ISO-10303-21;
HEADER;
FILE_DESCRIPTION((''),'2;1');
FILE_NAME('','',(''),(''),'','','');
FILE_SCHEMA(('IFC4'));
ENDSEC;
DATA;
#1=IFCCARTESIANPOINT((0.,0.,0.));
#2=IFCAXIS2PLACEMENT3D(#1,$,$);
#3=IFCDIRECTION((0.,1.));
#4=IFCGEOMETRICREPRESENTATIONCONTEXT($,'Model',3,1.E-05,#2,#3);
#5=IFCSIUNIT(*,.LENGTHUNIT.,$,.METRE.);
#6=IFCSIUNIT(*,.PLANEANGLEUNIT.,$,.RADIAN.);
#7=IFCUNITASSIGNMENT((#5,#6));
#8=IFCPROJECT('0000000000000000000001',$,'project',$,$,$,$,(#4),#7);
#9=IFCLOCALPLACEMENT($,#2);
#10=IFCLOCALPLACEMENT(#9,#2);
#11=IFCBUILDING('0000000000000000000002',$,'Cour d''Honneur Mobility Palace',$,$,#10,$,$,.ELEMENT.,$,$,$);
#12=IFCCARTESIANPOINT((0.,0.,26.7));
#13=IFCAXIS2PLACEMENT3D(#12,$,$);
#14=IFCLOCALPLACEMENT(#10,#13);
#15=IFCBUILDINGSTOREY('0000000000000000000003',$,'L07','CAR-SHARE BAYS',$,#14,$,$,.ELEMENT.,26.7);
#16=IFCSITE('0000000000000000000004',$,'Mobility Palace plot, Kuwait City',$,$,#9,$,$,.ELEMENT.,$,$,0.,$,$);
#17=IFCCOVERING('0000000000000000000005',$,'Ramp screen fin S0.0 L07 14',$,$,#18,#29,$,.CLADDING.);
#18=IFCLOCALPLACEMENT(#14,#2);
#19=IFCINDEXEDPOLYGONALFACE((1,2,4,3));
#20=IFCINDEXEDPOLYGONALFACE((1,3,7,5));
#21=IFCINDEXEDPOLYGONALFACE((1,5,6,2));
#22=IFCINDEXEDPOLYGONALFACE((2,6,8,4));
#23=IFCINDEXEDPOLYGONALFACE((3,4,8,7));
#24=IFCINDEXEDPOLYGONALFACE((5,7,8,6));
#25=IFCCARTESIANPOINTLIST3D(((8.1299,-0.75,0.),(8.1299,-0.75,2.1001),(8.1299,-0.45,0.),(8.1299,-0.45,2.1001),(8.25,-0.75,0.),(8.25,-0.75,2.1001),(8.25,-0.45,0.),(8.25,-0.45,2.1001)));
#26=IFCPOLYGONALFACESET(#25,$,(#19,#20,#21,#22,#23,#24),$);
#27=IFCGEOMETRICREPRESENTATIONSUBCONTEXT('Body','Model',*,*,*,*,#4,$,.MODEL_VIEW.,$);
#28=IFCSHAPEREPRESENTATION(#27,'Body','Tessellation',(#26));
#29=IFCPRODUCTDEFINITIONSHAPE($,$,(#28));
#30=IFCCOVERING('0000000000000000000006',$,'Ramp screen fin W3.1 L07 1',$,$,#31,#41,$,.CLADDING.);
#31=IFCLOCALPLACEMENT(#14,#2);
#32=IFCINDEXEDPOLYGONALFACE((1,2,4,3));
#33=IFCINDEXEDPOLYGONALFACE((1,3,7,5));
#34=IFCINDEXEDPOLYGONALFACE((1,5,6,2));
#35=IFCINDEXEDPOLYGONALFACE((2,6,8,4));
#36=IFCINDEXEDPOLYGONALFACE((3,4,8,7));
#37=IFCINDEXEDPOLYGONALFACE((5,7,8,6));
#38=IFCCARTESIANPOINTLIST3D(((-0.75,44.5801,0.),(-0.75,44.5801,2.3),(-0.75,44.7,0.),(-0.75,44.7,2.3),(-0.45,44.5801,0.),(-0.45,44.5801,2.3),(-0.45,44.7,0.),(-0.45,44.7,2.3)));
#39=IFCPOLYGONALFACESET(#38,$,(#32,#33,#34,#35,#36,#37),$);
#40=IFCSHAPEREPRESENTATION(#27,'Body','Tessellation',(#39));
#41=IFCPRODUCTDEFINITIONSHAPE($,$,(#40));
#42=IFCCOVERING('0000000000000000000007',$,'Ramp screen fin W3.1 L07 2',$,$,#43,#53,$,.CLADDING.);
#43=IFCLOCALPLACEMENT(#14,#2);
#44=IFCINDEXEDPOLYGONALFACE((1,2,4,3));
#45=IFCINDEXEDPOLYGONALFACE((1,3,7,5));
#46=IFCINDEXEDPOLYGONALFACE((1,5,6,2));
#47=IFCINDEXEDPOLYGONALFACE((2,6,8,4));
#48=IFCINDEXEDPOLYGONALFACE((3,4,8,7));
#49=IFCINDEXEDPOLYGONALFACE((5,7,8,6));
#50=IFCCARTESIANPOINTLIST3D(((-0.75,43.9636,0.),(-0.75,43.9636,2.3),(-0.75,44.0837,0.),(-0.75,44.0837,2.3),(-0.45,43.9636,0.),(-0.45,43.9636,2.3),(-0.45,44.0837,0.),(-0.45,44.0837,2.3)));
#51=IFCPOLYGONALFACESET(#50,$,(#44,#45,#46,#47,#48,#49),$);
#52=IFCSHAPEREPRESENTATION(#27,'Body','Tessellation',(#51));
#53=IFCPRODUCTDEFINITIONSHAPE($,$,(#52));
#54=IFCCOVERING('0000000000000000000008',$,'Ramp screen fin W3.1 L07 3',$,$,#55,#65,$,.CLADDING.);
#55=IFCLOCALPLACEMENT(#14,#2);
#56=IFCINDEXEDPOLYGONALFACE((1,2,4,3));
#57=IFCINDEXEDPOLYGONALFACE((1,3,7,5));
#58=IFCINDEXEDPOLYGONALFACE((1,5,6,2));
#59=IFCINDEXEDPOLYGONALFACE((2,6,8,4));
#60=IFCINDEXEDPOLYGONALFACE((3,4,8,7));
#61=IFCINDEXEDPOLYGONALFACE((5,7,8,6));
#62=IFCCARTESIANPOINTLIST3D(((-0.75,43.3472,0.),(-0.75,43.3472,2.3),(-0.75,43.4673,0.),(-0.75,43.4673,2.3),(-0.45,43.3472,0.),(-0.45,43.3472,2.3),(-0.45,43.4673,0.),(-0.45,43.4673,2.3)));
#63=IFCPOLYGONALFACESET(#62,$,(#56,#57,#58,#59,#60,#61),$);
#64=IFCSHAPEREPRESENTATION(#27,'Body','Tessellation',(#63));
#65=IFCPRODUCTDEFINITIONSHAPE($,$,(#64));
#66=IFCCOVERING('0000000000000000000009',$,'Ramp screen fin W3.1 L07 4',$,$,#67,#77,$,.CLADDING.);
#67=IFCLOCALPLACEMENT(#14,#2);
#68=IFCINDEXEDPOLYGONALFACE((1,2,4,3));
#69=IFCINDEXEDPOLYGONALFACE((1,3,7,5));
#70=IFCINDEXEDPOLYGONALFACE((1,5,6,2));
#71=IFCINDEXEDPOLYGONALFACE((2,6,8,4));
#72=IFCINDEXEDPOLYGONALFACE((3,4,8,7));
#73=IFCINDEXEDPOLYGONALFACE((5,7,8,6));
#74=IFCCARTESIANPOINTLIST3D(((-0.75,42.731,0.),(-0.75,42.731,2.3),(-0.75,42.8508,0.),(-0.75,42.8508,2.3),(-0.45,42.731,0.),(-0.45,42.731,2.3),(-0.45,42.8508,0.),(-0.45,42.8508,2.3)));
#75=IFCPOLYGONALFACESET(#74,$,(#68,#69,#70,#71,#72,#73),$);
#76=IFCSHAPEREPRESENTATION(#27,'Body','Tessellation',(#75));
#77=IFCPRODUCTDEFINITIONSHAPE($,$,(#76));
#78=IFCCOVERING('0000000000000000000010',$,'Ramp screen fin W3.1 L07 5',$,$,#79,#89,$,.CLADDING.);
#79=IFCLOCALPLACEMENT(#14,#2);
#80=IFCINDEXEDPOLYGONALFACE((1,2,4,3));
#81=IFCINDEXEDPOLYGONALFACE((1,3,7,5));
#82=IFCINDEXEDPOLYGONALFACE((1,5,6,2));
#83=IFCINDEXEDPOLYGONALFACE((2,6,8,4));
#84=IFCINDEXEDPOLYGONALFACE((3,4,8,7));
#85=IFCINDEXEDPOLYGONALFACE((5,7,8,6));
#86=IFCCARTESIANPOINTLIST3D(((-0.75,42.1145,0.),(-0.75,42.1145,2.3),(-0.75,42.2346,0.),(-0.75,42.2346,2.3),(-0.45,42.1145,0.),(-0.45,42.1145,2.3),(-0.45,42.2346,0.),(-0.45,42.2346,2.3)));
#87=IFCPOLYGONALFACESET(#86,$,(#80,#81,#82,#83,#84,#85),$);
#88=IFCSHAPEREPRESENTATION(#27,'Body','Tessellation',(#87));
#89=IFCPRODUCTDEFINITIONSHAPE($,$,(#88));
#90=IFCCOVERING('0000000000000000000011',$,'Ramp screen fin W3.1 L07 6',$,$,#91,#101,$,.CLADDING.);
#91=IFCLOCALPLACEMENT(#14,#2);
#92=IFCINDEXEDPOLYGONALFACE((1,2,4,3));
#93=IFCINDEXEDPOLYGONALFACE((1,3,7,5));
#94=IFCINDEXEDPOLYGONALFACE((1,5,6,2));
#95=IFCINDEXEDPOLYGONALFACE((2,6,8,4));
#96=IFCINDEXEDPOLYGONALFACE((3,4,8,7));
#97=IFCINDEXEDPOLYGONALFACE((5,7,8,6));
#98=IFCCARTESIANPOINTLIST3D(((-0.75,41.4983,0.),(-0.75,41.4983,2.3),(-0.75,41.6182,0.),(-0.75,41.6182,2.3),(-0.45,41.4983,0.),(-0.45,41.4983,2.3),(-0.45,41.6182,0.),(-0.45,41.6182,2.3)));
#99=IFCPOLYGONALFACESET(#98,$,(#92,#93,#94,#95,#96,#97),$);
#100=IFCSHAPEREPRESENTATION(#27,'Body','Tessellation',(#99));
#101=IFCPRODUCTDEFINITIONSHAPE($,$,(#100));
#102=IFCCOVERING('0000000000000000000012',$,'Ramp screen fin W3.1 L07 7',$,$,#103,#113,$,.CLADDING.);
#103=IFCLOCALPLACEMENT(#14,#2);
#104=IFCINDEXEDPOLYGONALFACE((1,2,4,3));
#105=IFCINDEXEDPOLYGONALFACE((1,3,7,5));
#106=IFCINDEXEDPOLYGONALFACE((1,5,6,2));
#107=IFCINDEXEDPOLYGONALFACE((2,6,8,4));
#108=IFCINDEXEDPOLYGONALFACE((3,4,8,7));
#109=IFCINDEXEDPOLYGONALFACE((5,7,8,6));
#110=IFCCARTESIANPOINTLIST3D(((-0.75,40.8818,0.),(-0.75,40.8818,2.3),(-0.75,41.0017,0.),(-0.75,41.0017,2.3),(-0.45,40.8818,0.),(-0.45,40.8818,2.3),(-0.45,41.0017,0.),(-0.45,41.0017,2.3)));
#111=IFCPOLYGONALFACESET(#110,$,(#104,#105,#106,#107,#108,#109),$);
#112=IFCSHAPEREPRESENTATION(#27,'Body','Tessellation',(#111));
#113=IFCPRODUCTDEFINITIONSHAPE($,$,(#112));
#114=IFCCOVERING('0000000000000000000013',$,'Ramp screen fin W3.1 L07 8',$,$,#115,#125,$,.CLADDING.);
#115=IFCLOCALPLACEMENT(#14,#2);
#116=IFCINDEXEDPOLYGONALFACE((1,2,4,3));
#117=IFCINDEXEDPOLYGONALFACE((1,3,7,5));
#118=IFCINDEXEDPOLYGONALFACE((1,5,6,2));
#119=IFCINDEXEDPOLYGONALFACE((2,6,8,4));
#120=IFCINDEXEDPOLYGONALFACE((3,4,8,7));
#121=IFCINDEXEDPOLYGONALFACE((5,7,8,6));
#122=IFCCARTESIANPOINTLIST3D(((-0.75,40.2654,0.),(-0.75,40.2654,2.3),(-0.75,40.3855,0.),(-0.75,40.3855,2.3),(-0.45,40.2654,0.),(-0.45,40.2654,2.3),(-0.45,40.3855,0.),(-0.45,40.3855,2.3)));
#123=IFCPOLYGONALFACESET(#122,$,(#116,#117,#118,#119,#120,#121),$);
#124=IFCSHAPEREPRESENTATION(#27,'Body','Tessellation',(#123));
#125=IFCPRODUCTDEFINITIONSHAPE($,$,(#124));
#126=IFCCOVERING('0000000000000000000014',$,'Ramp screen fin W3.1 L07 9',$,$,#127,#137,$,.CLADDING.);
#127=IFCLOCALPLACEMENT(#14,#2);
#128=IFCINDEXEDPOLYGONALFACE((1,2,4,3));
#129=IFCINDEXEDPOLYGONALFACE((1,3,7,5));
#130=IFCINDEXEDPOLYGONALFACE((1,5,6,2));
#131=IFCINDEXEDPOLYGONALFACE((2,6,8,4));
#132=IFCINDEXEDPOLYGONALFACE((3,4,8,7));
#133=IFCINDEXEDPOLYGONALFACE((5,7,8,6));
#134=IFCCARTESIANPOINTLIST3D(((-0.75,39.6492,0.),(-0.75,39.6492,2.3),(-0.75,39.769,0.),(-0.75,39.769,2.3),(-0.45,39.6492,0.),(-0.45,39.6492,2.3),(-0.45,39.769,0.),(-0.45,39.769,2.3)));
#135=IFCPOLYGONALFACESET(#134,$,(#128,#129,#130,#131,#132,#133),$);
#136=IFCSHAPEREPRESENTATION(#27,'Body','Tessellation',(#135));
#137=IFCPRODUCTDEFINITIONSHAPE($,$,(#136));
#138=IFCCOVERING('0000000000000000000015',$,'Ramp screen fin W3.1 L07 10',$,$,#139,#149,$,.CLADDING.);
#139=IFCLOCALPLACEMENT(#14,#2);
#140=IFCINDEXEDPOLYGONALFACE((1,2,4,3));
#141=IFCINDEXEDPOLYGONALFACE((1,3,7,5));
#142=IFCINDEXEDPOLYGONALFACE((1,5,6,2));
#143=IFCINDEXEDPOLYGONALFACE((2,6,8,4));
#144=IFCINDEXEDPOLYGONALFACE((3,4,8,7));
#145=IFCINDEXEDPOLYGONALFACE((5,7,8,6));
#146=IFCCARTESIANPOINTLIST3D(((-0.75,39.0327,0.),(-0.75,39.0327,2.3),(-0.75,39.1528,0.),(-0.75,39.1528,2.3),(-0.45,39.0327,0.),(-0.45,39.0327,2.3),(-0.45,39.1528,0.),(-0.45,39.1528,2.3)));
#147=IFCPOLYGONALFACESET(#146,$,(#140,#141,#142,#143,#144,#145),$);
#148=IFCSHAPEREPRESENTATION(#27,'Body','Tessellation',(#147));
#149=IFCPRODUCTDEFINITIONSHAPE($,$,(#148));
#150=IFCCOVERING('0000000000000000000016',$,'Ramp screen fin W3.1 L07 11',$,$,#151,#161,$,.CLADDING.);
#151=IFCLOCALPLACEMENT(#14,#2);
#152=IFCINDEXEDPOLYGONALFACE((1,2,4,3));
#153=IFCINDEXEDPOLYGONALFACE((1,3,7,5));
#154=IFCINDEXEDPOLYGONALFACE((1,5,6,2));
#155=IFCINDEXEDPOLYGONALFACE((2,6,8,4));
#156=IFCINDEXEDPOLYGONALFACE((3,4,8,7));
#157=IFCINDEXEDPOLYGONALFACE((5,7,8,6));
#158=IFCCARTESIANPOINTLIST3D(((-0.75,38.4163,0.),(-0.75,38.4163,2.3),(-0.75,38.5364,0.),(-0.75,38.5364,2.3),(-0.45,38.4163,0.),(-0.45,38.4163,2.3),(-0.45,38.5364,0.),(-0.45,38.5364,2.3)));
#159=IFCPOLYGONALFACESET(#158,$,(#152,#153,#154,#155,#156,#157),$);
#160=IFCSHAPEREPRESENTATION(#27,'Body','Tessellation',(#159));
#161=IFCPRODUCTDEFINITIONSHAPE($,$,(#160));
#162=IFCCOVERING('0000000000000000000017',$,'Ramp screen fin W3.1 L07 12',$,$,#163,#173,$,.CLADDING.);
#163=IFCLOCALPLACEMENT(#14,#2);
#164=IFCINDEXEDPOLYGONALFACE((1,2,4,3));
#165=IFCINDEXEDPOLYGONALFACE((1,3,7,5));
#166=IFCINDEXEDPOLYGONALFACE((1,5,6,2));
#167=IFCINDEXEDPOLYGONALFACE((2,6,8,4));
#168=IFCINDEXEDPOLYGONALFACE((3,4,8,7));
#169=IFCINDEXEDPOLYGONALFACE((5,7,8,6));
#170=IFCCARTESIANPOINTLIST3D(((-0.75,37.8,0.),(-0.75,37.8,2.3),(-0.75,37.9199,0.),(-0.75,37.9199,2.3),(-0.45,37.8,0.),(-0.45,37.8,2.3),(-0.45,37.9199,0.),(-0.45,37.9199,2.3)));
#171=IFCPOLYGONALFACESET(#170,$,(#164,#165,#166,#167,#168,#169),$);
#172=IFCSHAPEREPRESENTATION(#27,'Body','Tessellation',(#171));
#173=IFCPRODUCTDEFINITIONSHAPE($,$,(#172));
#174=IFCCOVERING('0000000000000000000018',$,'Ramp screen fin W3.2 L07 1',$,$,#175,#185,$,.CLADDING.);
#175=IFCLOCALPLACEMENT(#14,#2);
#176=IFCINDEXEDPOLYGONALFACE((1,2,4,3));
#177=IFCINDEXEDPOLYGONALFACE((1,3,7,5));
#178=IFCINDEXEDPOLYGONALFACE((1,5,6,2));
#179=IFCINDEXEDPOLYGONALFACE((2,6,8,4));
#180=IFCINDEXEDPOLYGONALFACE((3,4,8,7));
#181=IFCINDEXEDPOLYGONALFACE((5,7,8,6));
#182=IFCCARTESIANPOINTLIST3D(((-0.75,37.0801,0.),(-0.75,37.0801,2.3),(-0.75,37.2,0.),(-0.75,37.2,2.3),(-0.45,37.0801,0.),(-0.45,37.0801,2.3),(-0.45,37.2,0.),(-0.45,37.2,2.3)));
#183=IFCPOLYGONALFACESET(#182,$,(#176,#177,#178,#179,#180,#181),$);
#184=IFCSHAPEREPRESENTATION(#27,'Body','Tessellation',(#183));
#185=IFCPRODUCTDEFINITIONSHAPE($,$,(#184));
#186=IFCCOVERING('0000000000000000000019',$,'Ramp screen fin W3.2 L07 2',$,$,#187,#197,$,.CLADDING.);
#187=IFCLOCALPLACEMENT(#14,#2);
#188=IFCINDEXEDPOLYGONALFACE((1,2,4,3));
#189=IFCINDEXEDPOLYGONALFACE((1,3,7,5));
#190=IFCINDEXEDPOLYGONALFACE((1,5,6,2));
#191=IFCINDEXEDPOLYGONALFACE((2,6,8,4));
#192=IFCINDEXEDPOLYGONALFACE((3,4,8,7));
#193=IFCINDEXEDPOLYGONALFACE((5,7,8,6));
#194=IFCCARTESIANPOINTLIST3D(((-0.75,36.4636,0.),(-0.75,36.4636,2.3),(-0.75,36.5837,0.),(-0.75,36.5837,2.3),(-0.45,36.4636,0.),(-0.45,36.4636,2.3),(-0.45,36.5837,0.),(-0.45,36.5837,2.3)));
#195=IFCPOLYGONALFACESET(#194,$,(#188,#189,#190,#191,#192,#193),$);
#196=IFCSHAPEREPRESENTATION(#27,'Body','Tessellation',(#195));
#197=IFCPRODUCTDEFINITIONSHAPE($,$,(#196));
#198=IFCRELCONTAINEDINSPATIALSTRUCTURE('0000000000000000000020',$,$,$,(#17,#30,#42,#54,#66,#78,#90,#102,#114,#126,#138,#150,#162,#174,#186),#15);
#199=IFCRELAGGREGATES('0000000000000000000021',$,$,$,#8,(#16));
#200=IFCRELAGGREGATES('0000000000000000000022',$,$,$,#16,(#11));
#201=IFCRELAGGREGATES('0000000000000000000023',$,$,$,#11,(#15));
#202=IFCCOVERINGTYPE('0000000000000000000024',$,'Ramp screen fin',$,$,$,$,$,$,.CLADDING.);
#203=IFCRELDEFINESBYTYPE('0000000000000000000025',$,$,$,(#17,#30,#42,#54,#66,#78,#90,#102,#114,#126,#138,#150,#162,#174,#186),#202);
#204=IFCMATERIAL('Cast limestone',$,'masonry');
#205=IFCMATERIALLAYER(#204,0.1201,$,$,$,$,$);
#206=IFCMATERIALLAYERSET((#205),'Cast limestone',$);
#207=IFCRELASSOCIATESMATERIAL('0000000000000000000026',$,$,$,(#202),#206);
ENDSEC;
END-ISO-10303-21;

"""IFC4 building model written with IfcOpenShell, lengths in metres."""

from ifc_helpers import new_model, si_unit, direction, frame, origin, place, context, subcontext, project, spatial, polyline, outline, extrude, material, layer, layer_set, type_object, element, save


model = new_model("IFC4")

# Units and contexts
model_context = context("Model", 3, precision=1e-05, world=origin(), true_north=direction((0.0, 1.0)))
body_context = subcontext(model_context, "Body", "Model", "MODEL_VIEW")
ifc_project = project(units=[si_unit("LENGTHUNIT", "METRE"), si_unit("PLANEANGLEUNIT", "RADIAN")], contexts=[model_context])

# Site, building, storey
site_placement = place(None, origin())
site = spatial("IfcSite", under=ifc_project, at=site_placement, Name="Mobility Palace plot, Kuwait City", CompositionType="ELEMENT", RefElevation=0.0)
building_placement = place(site_placement, origin())
building = spatial("IfcBuilding", under=site, at=building_placement, Name="Cour d'Honneur Mobility Palace", CompositionType="ELEMENT")
storey_placement = place(building_placement, frame((0.0, 0.0, 26.7)))
storey = spatial("IfcBuildingStorey", under=building, at=storey_placement, Name="L07", Description="CAR-SHARE BAYS", CompositionType="ELEMENT", Elevation=26.7)

# Coverings
ifc_material = material(Name="Cast limestone", Category="masonry")
ifc_layer = layer(ifc_material, 0.1201)
ifc_layer_set = layer_set([ifc_layer], Name="Cast limestone")
covering_type = type_object("IfcCoveringType", Name="Ramp screen fin", PredefinedType="CLADDING", material=ifc_layer_set)
covering_1_placement = place(storey_placement, origin())
element("IfcCovering", 1, at=covering_1_placement, inside=storey, type_object=covering_type, Name="Ramp screen fin S0.0 L07 14", PredefinedType="CLADDING", context=body_context, shape_type="SweptSolid", body=[
    extrude(outline(polyline([(8.1299, -0.45), (8.25, -0.45), (8.25, -0.75), (8.1299, -0.75), (8.1299, -0.45)])), origin(), (0.0, 0.0, 1.0), 2.1001),
])
covering_2_placement = place(storey_placement, origin())
element("IfcCovering", 2, at=covering_2_placement, inside=storey, type_object=covering_type, Name="Ramp screen fin W3.1 L07 1", PredefinedType="CLADDING", context=body_context, shape_type="SweptSolid", body=[
    extrude(outline(polyline([(-0.45, 44.7), (-0.45, 44.5801), (-0.75, 44.5801), (-0.75, 44.7), (-0.45, 44.7)])), origin(), (0.0, 0.0, 1.0), 2.3),
])
covering_3_placement = place(storey_placement, origin())
element("IfcCovering", 3, at=covering_3_placement, inside=storey, type_object=covering_type, Name="Ramp screen fin W3.1 L07 2", PredefinedType="CLADDING", context=body_context, shape_type="SweptSolid", body=[
    extrude(outline(polyline([(-0.45, 44.0837), (-0.45, 43.9636), (-0.75, 43.9636), (-0.75, 44.0837), (-0.45, 44.0837)])), origin(), (0.0, 0.0, 1.0), 2.3),
])
covering_4_placement = place(storey_placement, origin())
element("IfcCovering", 4, at=covering_4_placement, inside=storey, type_object=covering_type, Name="Ramp screen fin W3.1 L07 3", PredefinedType="CLADDING", context=body_context, shape_type="SweptSolid", body=[
    extrude(outline(polyline([(-0.45, 43.4673), (-0.45, 43.3472), (-0.75, 43.3472), (-0.75, 43.4673), (-0.45, 43.4673)])), origin(), (0.0, 0.0, 1.0), 2.3),
])
covering_5_placement = place(storey_placement, origin())
element("IfcCovering", 5, at=covering_5_placement, inside=storey, type_object=covering_type, Name="Ramp screen fin W3.1 L07 4", PredefinedType="CLADDING", context=body_context, shape_type="SweptSolid", body=[
    extrude(outline(polyline([(-0.45, 42.8508), (-0.45, 42.731), (-0.75, 42.731), (-0.75, 42.8508), (-0.45, 42.8508)])), origin(), (0.0, 0.0, 1.0), 2.3),
])
covering_6_placement = place(storey_placement, origin())
element("IfcCovering", 6, at=covering_6_placement, inside=storey, type_object=covering_type, Name="Ramp screen fin W3.1 L07 5", PredefinedType="CLADDING", context=body_context, shape_type="SweptSolid", body=[
    extrude(outline(polyline([(-0.45, 42.2346), (-0.45, 42.1145), (-0.75, 42.1145), (-0.75, 42.2346), (-0.45, 42.2346)])), origin(), (0.0, 0.0, 1.0), 2.3),
])
covering_7_placement = place(storey_placement, origin())
element("IfcCovering", 7, at=covering_7_placement, inside=storey, type_object=covering_type, Name="Ramp screen fin W3.1 L07 6", PredefinedType="CLADDING", context=body_context, shape_type="SweptSolid", body=[
    extrude(outline(polyline([(-0.45, 41.6182), (-0.45, 41.4983), (-0.75, 41.4983), (-0.75, 41.6182), (-0.45, 41.6182)])), origin(), (0.0, 0.0, 1.0), 2.3),
])
covering_8_placement = place(storey_placement, origin())
element("IfcCovering", 8, at=covering_8_placement, inside=storey, type_object=covering_type, Name="Ramp screen fin W3.1 L07 7", PredefinedType="CLADDING", context=body_context, shape_type="SweptSolid", body=[
    extrude(outline(polyline([(-0.45, 41.0017), (-0.45, 40.8818), (-0.75, 40.8818), (-0.75, 41.0017), (-0.45, 41.0017)])), origin(), (0.0, 0.0, 1.0), 2.3),
])
covering_9_placement = place(storey_placement, origin())
element("IfcCovering", 9, at=covering_9_placement, inside=storey, type_object=covering_type, Name="Ramp screen fin W3.1 L07 8", PredefinedType="CLADDING", context=body_context, shape_type="SweptSolid", body=[
    extrude(outline(polyline([(-0.45, 40.3855), (-0.45, 40.2654), (-0.75, 40.2654), (-0.75, 40.3855), (-0.45, 40.3855)])), origin(), (0.0, 0.0, 1.0), 2.3),
])
covering_10_placement = place(storey_placement, origin())
element("IfcCovering", 10, at=covering_10_placement, inside=storey, type_object=covering_type, Name="Ramp screen fin W3.1 L07 9", PredefinedType="CLADDING", context=body_context, shape_type="SweptSolid", body=[
    extrude(outline(polyline([(-0.45, 39.769), (-0.45, 39.6492), (-0.75, 39.6492), (-0.75, 39.769), (-0.45, 39.769)])), origin(), (0.0, 0.0, 1.0), 2.3),
])
covering_11_placement = place(storey_placement, origin())
element("IfcCovering", 11, at=covering_11_placement, inside=storey, type_object=covering_type, Name="Ramp screen fin W3.1 L07 10", PredefinedType="CLADDING", context=body_context, shape_type="SweptSolid", body=[
    extrude(outline(polyline([(-0.45, 39.1528), (-0.45, 39.0327), (-0.75, 39.0327), (-0.75, 39.1528), (-0.45, 39.1528)])), origin(), (0.0, 0.0, 1.0), 2.3),
])
covering_12_placement = place(storey_placement, origin())
element("IfcCovering", 12, at=covering_12_placement, inside=storey, type_object=covering_type, Name="Ramp screen fin W3.1 L07 11", PredefinedType="CLADDING", context=body_context, shape_type="SweptSolid", body=[
    extrude(outline(polyline([(-0.45, 38.5364), (-0.45, 38.4163), (-0.75, 38.4163), (-0.75, 38.5364), (-0.45, 38.5364)])), origin(), (0.0, 0.0, 1.0), 2.3),
])
covering_13_placement = place(storey_placement, origin())
element("IfcCovering", 13, at=covering_13_placement, inside=storey, type_object=covering_type, Name="Ramp screen fin W3.1 L07 12", PredefinedType="CLADDING", context=body_context, shape_type="SweptSolid", body=[
    extrude(outline(polyline([(-0.45, 37.9199), (-0.45, 37.8), (-0.75, 37.8), (-0.75, 37.9199), (-0.45, 37.9199)])), origin(), (0.0, 0.0, 1.0), 2.3),
])
covering_14_placement = place(storey_placement, origin())
element("IfcCovering", 14, at=covering_14_placement, inside=storey, type_object=covering_type, Name="Ramp screen fin W3.2 L07 1", PredefinedType="CLADDING", context=body_context, shape_type="SweptSolid", body=[
    extrude(outline(polyline([(-0.45, 37.2), (-0.45, 37.0801), (-0.75, 37.0801), (-0.75, 37.2), (-0.45, 37.2)])), origin(), (0.0, 0.0, 1.0), 2.3),
])
covering_15_placement = place(storey_placement, origin())
element("IfcCovering", 15, at=covering_15_placement, inside=storey, type_object=covering_type, Name="Ramp screen fin W3.2 L07 2", PredefinedType="CLADDING", context=body_context, shape_type="SweptSolid", body=[
    extrude(outline(polyline([(-0.45, 36.5837), (-0.45, 36.4636), (-0.75, 36.4636), (-0.75, 36.5837), (-0.45, 36.5837)])), origin(), (0.0, 0.0, 1.0), 2.3),
])

save(model, "model.ifc")
